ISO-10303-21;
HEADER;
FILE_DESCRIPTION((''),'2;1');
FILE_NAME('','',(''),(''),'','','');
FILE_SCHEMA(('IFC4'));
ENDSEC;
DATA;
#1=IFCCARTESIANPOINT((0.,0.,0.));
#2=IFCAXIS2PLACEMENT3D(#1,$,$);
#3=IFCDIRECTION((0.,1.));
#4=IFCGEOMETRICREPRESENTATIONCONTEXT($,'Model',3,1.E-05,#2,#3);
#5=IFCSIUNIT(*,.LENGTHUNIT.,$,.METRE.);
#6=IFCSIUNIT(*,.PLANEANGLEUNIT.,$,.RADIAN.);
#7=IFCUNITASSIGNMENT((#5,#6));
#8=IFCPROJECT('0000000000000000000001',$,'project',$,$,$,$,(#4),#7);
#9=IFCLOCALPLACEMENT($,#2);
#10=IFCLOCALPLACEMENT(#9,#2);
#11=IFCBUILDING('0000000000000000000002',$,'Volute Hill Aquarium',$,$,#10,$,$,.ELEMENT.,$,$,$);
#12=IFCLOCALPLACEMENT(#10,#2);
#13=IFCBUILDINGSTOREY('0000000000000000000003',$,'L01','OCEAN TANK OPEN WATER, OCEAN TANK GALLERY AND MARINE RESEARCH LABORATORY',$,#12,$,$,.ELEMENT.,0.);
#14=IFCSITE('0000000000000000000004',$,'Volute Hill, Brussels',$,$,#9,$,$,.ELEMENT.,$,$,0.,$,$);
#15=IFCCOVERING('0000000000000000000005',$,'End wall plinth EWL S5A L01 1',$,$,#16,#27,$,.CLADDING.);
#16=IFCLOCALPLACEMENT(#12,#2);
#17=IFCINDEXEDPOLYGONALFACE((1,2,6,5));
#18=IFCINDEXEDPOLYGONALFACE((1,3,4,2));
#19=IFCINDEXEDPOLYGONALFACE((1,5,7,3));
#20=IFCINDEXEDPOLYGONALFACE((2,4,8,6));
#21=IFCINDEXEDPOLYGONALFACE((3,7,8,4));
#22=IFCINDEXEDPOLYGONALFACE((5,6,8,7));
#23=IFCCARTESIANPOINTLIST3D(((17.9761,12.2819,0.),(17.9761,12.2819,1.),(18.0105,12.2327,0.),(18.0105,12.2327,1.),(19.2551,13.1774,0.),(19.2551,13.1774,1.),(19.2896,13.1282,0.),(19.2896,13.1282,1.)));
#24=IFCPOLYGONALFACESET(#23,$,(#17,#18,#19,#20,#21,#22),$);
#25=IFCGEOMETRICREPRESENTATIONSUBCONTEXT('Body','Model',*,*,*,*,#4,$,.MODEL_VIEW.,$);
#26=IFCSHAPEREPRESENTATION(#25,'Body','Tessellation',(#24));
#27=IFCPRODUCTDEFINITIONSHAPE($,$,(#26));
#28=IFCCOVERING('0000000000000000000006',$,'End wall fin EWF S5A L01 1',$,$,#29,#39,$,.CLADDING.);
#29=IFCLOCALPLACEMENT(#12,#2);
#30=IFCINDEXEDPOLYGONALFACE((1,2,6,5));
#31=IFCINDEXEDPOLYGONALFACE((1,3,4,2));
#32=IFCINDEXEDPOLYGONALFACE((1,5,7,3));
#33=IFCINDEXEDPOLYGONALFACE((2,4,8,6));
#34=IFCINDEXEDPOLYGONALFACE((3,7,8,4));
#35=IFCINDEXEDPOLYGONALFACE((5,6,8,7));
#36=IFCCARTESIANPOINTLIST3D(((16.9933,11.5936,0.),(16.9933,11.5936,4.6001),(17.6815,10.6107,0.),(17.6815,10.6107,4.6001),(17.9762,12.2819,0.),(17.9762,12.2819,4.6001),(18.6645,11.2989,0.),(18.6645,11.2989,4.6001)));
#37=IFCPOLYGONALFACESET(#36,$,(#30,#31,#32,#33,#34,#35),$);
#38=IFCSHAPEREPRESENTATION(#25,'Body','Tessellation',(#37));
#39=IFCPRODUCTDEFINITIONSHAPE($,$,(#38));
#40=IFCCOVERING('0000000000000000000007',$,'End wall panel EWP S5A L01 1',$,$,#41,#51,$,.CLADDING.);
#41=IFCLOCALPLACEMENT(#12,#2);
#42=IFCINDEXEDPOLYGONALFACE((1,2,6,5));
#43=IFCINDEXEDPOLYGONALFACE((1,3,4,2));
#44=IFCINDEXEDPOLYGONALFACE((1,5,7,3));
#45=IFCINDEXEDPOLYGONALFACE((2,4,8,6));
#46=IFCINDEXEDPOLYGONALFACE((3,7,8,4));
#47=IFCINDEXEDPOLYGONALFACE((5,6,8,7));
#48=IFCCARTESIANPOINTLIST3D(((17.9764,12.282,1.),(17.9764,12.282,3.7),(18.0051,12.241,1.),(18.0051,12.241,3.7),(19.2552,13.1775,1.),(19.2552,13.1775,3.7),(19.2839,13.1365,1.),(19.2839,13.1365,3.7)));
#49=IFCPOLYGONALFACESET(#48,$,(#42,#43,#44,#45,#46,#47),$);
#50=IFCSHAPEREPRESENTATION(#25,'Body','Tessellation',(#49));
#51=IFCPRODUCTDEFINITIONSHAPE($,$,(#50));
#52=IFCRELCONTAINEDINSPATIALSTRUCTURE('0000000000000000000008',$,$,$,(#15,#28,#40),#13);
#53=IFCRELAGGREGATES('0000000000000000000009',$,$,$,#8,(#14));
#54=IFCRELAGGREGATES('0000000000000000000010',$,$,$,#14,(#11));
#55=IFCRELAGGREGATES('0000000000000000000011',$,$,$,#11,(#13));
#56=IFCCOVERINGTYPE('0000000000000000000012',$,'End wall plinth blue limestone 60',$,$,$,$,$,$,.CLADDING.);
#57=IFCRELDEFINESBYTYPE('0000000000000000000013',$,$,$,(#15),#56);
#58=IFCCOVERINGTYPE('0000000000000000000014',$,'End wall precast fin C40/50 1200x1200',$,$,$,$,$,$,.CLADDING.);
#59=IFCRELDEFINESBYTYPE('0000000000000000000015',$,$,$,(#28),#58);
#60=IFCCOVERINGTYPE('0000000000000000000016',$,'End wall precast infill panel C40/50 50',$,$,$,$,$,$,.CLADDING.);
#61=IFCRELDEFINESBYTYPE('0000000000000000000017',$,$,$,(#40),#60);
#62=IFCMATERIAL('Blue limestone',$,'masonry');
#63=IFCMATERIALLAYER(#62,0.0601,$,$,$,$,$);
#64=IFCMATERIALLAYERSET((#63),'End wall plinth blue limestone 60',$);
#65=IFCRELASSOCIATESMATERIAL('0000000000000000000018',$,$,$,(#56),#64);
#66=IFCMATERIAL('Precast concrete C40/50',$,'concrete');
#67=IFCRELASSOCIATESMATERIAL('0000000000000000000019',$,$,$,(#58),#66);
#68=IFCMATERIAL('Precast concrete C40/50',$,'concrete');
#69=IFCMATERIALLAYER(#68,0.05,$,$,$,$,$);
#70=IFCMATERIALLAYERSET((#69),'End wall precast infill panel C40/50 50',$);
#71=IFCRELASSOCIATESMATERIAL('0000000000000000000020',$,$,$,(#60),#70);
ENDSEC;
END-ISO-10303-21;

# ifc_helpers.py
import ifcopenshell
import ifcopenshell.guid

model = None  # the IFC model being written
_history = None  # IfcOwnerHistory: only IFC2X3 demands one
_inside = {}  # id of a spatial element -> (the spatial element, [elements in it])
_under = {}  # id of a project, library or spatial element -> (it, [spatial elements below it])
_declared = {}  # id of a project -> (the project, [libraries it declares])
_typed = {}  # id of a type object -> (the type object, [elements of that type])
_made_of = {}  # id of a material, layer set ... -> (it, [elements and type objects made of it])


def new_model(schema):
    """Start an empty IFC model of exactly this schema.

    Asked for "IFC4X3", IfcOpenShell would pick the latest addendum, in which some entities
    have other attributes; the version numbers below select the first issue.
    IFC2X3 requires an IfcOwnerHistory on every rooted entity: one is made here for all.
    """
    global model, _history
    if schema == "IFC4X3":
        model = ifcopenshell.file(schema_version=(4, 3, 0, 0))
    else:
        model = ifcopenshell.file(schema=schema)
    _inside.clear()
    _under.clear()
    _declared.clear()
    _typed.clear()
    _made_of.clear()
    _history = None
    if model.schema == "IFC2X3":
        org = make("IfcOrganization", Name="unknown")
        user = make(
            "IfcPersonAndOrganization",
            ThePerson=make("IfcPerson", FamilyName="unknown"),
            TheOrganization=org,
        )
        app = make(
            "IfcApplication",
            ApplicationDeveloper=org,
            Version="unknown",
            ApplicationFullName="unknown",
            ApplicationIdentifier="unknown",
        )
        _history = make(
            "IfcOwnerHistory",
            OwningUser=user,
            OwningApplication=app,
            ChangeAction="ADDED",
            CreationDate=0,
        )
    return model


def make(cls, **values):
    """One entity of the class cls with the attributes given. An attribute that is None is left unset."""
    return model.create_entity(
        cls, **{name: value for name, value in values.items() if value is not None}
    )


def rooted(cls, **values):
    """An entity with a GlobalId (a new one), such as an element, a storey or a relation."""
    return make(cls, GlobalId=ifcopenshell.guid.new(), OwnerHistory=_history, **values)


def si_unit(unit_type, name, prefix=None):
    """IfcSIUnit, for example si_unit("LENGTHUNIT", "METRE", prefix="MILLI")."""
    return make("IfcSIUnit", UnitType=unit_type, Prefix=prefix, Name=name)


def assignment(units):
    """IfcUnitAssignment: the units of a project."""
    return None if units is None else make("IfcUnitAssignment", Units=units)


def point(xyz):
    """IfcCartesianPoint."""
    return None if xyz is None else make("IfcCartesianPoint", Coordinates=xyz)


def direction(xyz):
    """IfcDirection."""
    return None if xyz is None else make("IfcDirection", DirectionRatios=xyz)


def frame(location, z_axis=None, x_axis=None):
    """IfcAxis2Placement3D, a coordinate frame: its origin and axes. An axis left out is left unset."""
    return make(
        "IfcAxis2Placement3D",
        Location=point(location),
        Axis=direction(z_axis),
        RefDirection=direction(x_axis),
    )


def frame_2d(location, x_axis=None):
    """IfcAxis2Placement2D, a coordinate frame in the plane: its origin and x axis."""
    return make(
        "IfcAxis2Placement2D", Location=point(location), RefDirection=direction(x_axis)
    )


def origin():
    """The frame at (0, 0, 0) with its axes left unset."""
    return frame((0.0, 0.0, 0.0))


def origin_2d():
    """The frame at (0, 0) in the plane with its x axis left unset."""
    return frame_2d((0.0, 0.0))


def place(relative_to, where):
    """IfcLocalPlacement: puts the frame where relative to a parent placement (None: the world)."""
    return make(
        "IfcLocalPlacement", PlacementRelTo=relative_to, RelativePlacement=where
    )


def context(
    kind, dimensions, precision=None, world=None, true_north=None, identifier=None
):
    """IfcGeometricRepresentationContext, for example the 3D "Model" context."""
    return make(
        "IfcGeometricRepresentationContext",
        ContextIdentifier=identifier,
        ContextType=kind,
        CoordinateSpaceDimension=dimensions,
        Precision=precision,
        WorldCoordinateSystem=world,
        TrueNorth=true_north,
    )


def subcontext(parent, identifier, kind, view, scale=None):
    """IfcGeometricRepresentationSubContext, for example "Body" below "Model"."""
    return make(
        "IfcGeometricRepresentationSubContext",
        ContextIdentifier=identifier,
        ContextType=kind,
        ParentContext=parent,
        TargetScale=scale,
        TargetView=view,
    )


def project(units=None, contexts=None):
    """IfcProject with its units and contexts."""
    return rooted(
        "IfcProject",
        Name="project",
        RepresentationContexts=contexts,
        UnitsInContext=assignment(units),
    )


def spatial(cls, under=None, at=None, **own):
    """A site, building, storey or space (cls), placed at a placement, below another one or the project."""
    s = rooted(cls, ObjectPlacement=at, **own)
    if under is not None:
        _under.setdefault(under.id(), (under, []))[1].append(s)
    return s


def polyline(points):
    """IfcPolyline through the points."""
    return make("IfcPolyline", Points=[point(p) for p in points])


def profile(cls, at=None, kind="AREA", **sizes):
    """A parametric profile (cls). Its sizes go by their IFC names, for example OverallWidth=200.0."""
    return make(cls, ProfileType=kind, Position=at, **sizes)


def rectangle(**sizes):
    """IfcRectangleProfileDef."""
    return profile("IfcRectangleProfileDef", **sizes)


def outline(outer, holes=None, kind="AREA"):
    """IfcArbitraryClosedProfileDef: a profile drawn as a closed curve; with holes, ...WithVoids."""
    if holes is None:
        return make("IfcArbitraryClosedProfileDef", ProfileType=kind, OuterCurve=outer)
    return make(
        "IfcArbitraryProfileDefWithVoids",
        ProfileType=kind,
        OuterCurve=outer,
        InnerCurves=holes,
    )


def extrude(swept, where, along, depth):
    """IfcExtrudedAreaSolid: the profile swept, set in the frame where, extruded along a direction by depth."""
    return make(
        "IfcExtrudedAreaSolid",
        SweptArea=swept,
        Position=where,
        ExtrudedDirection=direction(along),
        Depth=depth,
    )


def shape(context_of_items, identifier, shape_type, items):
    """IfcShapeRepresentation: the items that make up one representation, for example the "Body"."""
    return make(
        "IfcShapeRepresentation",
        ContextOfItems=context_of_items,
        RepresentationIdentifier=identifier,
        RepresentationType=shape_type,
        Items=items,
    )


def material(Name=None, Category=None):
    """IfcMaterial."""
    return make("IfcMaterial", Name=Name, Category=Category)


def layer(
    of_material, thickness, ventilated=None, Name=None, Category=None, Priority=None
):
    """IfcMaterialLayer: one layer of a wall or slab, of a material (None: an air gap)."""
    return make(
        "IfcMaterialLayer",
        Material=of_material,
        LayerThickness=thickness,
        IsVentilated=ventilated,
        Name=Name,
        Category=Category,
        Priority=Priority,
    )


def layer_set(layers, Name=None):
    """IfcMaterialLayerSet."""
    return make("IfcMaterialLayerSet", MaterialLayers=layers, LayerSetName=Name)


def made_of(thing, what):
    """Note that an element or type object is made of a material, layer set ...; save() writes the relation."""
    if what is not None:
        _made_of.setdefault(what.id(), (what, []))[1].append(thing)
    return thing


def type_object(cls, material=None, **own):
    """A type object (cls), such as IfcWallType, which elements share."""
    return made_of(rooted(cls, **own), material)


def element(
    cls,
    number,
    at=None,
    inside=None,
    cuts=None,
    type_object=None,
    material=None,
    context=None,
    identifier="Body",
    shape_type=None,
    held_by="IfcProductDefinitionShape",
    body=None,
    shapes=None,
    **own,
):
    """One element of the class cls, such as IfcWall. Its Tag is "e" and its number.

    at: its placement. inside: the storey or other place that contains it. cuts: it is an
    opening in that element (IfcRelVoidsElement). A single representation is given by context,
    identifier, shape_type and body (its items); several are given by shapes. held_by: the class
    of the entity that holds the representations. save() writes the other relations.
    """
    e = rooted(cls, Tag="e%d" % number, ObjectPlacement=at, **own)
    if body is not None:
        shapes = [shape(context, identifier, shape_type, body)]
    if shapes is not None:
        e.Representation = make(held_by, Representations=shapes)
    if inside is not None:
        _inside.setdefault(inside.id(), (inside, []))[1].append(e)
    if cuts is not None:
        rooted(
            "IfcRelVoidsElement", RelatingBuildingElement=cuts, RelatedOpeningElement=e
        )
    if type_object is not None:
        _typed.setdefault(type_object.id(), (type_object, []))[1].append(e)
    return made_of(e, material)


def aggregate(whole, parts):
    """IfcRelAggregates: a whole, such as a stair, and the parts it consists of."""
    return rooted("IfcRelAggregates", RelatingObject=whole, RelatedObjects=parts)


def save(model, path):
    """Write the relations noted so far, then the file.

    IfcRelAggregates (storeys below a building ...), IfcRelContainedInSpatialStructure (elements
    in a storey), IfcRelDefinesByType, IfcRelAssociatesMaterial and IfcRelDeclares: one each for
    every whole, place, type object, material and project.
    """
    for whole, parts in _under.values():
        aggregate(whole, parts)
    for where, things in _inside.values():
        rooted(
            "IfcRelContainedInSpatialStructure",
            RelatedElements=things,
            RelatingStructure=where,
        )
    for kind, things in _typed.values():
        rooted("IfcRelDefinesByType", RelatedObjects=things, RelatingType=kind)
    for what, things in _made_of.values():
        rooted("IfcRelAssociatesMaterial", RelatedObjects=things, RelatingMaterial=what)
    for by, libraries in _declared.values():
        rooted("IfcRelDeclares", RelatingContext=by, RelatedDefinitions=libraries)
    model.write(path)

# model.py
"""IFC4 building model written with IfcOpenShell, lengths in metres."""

from ifc_helpers import new_model, si_unit, direction, frame, origin, origin_2d, place, context, subcontext, project, spatial, polyline, rectangle, outline, extrude, material, layer, layer_set, type_object, element, save


model = new_model("IFC4")

# Units and contexts
model_context = context("Model", 3, precision=1e-05, world=origin(), true_north=direction((0.0, 1.0)))
body_context = subcontext(model_context, "Body", "Model", "MODEL_VIEW")
ifc_project = project(units=[si_unit("LENGTHUNIT", "METRE"), si_unit("PLANEANGLEUNIT", "RADIAN")], contexts=[model_context])

# Site, building, storey
site_placement = place(None, origin())
site = spatial("IfcSite", under=ifc_project, at=site_placement, Name="Volute Hill, Brussels", CompositionType="ELEMENT", RefElevation=0.0)
building_placement = place(site_placement, origin())
building = spatial("IfcBuilding", under=site, at=building_placement, Name="Volute Hill Aquarium", CompositionType="ELEMENT")
storey_placement = place(building_placement, origin())
storey = spatial("IfcBuildingStorey", under=building, at=storey_placement, Name="L01", Description="OCEAN TANK OPEN WATER, OCEAN TANK GALLERY AND MARINE RESEARCH LABORATORY", CompositionType="ELEMENT", Elevation=0.0)

# Coverings
ifc_material_1 = material(Name="Blue limestone", Category="masonry")
ifc_layer_1 = layer(ifc_material_1, 0.0601)
ifc_layer_set_1 = layer_set([ifc_layer_1], Name="End wall plinth blue limestone 60")
covering_type_1 = type_object("IfcCoveringType", Name="End wall plinth blue limestone 60", PredefinedType="CLADDING", material=ifc_layer_set_1)
covering_1_placement = place(storey_placement, frame((18.0105, 12.2327, 0.0), z_axis=(0.573536, -0.81918, 0.0), x_axis=(0.81918, 0.573536, 0.0)))
element("IfcCovering", 1, at=covering_1_placement, inside=storey, type_object=covering_type_1, Name="End wall plinth EWL S5A L01 1", PredefinedType="CLADDING", context=body_context, shape_type="SweptSolid", body=[
    extrude(outline(polyline([(0.0, 0.0), (1.5614, 0.0), (1.5614, 1.0), (0.0, 1.0), (0.0, 0.0)])), origin(), (0.0, 0.0, -1.0), 0.0601),
])
ifc_material_2 = material(Name="Precast concrete C40/50", Category="concrete")
covering_type_2 = type_object("IfcCoveringType", Name="End wall precast fin C40/50 1200x1200", PredefinedType="CLADDING", material=ifc_material_2)
covering_2_placement = place(storey_placement, frame((17.8289, 11.4463, 0.0), z_axis=(0.0, 0.0, 1.0), x_axis=(0.819152, 0.573576, 0.0)))
element("IfcCovering", 2, at=covering_2_placement, inside=storey, type_object=covering_type_2, Name="End wall fin EWF S5A L01 1", PredefinedType="CLADDING", context=body_context, shape_type="SweptSolid", body=[
    extrude(rectangle(XDim=1.2, YDim=1.2, at=origin_2d()), origin(), (0.0, 0.0, 1.0), 4.6001),
])
ifc_material_3 = material(Name="Precast concrete C40/50", Category="concrete")
ifc_layer_2 = layer(ifc_material_3, 0.05)
ifc_layer_set_2 = layer_set([ifc_layer_2], Name="End wall precast infill panel C40/50 50")
covering_type_3 = type_object("IfcCoveringType", Name="End wall precast infill panel C40/50 50", PredefinedType="CLADDING", material=ifc_layer_set_2)
covering_3_placement = place(storey_placement, frame((18.0051, 12.241, 1.0), z_axis=(0.573609, -0.819129, 0.0), x_axis=(0.819129, 0.573609, 0.0)))
element("IfcCovering", 3, at=covering_3_placement, inside=storey, type_object=covering_type_3, Name="End wall panel EWP S5A L01 1", PredefinedType="CLADDING", context=body_context, shape_type="SweptSolid", body=[
    extrude(outline(polyline([(0.0, 0.0), (1.5612, 0.0), (1.5612, 2.7), (0.0, 2.7), (0.0, 0.0)])), origin(), (0.0, 0.0, -1.0), 0.05),
])

save(model, "model.ifc")
